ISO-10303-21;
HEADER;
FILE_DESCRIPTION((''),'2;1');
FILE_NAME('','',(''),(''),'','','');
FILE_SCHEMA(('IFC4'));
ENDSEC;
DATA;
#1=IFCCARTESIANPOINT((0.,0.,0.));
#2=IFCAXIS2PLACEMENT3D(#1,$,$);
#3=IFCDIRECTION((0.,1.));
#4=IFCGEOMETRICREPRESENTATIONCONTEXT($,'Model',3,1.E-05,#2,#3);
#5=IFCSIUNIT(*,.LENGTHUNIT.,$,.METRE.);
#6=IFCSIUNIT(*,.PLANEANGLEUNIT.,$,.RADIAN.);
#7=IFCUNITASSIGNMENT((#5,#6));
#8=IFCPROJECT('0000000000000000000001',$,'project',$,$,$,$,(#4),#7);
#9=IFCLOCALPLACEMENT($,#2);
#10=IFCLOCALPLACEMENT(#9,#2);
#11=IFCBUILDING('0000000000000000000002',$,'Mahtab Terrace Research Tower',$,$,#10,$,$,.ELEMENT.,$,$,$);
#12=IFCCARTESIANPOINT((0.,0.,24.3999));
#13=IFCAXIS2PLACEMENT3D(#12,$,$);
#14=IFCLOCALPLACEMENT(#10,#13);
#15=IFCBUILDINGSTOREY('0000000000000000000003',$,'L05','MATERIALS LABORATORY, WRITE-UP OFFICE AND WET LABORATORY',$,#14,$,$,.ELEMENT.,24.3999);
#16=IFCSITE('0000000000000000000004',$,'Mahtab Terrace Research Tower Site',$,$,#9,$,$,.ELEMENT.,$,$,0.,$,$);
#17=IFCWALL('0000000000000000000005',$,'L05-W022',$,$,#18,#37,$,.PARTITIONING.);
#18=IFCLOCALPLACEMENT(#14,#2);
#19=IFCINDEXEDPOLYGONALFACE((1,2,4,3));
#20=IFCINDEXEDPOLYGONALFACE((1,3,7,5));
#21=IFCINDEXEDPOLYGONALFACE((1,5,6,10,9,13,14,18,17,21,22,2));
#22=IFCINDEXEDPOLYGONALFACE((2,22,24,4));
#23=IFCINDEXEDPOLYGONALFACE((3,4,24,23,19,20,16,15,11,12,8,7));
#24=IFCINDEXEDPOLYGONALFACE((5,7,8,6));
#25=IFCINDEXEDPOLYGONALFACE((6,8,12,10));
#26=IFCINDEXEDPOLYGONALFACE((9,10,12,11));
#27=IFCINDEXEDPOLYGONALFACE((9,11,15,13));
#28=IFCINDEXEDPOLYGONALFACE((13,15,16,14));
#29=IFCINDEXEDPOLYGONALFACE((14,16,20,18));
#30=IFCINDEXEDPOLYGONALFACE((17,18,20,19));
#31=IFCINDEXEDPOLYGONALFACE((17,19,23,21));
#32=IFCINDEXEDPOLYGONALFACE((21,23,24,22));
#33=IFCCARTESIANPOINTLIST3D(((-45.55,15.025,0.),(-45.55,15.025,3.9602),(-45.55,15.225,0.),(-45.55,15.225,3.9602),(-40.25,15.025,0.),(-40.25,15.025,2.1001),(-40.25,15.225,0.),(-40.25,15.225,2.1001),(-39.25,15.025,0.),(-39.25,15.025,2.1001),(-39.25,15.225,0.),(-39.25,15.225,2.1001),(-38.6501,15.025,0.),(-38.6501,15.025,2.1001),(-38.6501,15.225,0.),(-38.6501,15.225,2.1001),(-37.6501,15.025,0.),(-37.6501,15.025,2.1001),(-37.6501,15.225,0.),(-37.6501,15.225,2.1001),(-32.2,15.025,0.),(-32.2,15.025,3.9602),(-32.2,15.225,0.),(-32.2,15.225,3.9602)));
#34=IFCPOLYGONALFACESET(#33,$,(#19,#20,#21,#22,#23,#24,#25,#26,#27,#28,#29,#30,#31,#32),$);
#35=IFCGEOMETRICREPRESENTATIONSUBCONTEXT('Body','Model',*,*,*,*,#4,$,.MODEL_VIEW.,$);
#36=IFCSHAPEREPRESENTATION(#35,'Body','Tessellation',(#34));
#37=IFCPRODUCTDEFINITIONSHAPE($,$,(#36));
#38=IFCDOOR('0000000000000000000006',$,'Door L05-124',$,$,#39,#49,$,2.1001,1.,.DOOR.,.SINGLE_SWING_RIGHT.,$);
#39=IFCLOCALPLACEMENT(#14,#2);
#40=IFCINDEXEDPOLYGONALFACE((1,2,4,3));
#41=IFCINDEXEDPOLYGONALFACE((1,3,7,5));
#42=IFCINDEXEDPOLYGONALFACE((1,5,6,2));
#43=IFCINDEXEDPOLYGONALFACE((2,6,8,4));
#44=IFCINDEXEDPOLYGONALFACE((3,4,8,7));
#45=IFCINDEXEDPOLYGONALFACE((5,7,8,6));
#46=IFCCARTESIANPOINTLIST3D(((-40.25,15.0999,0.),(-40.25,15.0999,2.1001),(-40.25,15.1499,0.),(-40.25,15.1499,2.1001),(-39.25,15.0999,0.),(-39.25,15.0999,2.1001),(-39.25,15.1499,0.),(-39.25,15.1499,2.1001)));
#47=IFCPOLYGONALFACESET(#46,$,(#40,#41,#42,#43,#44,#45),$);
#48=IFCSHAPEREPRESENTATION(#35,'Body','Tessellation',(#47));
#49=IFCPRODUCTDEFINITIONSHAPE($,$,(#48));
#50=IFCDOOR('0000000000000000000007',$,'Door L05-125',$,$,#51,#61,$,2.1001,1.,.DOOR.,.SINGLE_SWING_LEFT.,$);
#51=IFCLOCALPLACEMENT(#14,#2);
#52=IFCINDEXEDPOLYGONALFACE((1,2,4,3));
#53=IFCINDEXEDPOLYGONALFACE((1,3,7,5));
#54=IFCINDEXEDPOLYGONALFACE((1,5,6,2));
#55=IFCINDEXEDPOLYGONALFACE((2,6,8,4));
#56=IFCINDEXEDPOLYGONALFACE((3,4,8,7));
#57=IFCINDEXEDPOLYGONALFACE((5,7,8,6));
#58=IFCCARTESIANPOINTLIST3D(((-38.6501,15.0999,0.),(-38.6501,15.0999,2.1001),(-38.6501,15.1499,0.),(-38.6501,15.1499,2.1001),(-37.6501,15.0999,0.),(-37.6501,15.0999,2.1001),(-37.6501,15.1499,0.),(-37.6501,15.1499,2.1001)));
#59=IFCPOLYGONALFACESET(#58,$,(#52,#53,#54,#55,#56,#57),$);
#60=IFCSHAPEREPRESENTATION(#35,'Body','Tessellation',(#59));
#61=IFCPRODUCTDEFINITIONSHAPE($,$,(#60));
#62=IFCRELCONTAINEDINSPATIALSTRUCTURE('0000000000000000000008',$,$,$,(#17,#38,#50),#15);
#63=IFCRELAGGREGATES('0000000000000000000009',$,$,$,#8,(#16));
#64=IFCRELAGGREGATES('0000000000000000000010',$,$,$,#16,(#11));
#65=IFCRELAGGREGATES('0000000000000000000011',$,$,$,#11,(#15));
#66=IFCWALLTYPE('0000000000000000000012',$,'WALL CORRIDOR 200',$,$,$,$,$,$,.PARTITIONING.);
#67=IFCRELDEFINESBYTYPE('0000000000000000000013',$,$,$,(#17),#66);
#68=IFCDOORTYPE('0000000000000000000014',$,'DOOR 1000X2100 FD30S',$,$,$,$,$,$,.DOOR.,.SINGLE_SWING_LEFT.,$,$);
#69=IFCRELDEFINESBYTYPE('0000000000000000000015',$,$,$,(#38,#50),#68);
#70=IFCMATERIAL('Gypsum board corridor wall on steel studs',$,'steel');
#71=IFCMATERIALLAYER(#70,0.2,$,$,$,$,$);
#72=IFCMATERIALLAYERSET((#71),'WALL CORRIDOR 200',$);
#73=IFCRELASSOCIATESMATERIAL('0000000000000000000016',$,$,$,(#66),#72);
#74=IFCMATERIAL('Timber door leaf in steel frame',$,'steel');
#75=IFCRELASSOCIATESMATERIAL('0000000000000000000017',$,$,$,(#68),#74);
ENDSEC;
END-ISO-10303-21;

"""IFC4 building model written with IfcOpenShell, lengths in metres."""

from ifc_helpers import new_model, si_unit, direction, frame, frame_2d, origin, place, context, subcontext, project, spatial, rectangle, extrude, material, layer, layer_set, type_object, element, fill, save


model = new_model("IFC4")

# Units and contexts
model_context = context("Model", 3, precision=1e-05, world=origin(), true_north=direction((0.0, 1.0)))
body_context = subcontext(model_context, "Body", "Model", "MODEL_VIEW")
ifc_project = project(units=[si_unit("LENGTHUNIT", "METRE"), si_unit("PLANEANGLEUNIT", "RADIAN")], contexts=[model_context])

# Site, building, storey
site_placement = place(None, origin())
site = spatial("IfcSite", under=ifc_project, at=site_placement, Name="Mahtab Terrace Research Tower Site", CompositionType="ELEMENT", RefElevation=0.0)
building_placement = place(site_placement, origin())
building = spatial("IfcBuilding", under=site, at=building_placement, Name="Mahtab Terrace Research Tower", CompositionType="ELEMENT")
storey_placement = place(building_placement, frame((0.0, 0.0, 24.3999)))
storey = spatial("IfcBuildingStorey", under=building, at=storey_placement, Name="L05", Description="MATERIALS LABORATORY, WRITE-UP OFFICE AND WET LABORATORY", CompositionType="ELEMENT", Elevation=24.3999)

# Wall, openings, doors
ifc_material_1 = material(Name="Gypsum board corridor wall on steel studs", Category="steel")
ifc_layer = layer(ifc_material_1, 0.2)
ifc_layer_set = layer_set([ifc_layer], Name="WALL CORRIDOR 200")
wall_type = type_object("IfcWallType", Name="WALL CORRIDOR 200", PredefinedType="PARTITIONING", material=ifc_layer_set)
wall_placement = place(storey_placement, frame((-45.55, 15.125, 0.0), z_axis=(0.0, 0.0, 1.0), x_axis=(1.0, 0.0, 0.0)))
wall = element("IfcWall", 1, at=wall_placement, inside=storey, type_object=wall_type, Name="L05-W022", PredefinedType="PARTITIONING", context=body_context, shape_type="SweptSolid", body=[
    extrude(rectangle(XDim=13.3501, YDim=0.2, at=frame_2d((6.675, 0.0))), origin(), (0.0, 0.0, 1.0), 3.9602),
])
opening_1_placement = place(wall_placement, frame((5.3, 0.0, 0.0)))
opening_1 = element("IfcOpeningElement", 2, at=opening_1_placement, cuts=wall, PredefinedType="OPENING", context=body_context, shape_type="SweptSolid", body=[
    extrude(rectangle(XDim=1.0, YDim=2.1001, at=frame_2d((0.5, 1.05))), frame((0.0, 0.1099, 0.0), z_axis=(0.0, -1.0, 0.0), x_axis=(1.0, 0.0, 0.0)), (0.0, 0.0, 1.0), 0.22),
])
opening_2_placement = place(wall_placement, frame((6.8999, 0.0, 0.0)))
opening_2 = element("IfcOpeningElement", 3, at=opening_2_placement, cuts=wall, PredefinedType="OPENING", context=body_context, shape_type="SweptSolid", body=[
    extrude(rectangle(XDim=1.0, YDim=2.1001, at=frame_2d((0.5, 1.05))), frame((0.0, 0.1099, 0.0), z_axis=(0.0, -1.0, 0.0), x_axis=(1.0, 0.0, 0.0)), (0.0, 0.0, 1.0), 0.22),
])
ifc_material_2 = material(Name="Timber door leaf in steel frame", Category="steel")
door_type = type_object("IfcDoorType", Name="DOOR 1000X2100 FD30S", OperationType="SINGLE_SWING_LEFT", PredefinedType="DOOR", material=ifc_material_2)
door_1_placement = place(opening_1_placement, origin())
door_1 = element("IfcDoor", 4, at=door_1_placement, inside=storey, type_object=door_type, Name="Door L05-124", OperationType="SINGLE_SWING_RIGHT", OverallHeight=2.1001, OverallWidth=1.0, PredefinedType="DOOR", context=body_context, shape_type="SweptSolid", body=[
    extrude(rectangle(XDim=1.0, YDim=2.1001, at=frame_2d((0.5, 1.05))), frame((0.0, 0.0249, 0.0), z_axis=(0.0, -1.0, 0.0), x_axis=(1.0, 0.0, 0.0)), (0.0, 0.0, 1.0), 0.05),
])
fill(opening_1, door_1)
door_2_placement = place(opening_2_placement, origin())
door_2 = element("IfcDoor", 5, at=door_2_placement, inside=storey, type_object=door_type, Name="Door L05-125", OperationType="SINGLE_SWING_LEFT", OverallHeight=2.1001, OverallWidth=1.0, PredefinedType="DOOR", context=body_context, shape_type="SweptSolid", body=[
    extrude(rectangle(XDim=1.0, YDim=2.1001, at=frame_2d((0.5, 1.05))), frame((0.0, 0.0249, 0.0), z_axis=(0.0, -1.0, 0.0), x_axis=(1.0, 0.0, 0.0)), (0.0, 0.0, 1.0), 0.05),
])
fill(opening_2, door_2)

save(model, "model.ifc")
